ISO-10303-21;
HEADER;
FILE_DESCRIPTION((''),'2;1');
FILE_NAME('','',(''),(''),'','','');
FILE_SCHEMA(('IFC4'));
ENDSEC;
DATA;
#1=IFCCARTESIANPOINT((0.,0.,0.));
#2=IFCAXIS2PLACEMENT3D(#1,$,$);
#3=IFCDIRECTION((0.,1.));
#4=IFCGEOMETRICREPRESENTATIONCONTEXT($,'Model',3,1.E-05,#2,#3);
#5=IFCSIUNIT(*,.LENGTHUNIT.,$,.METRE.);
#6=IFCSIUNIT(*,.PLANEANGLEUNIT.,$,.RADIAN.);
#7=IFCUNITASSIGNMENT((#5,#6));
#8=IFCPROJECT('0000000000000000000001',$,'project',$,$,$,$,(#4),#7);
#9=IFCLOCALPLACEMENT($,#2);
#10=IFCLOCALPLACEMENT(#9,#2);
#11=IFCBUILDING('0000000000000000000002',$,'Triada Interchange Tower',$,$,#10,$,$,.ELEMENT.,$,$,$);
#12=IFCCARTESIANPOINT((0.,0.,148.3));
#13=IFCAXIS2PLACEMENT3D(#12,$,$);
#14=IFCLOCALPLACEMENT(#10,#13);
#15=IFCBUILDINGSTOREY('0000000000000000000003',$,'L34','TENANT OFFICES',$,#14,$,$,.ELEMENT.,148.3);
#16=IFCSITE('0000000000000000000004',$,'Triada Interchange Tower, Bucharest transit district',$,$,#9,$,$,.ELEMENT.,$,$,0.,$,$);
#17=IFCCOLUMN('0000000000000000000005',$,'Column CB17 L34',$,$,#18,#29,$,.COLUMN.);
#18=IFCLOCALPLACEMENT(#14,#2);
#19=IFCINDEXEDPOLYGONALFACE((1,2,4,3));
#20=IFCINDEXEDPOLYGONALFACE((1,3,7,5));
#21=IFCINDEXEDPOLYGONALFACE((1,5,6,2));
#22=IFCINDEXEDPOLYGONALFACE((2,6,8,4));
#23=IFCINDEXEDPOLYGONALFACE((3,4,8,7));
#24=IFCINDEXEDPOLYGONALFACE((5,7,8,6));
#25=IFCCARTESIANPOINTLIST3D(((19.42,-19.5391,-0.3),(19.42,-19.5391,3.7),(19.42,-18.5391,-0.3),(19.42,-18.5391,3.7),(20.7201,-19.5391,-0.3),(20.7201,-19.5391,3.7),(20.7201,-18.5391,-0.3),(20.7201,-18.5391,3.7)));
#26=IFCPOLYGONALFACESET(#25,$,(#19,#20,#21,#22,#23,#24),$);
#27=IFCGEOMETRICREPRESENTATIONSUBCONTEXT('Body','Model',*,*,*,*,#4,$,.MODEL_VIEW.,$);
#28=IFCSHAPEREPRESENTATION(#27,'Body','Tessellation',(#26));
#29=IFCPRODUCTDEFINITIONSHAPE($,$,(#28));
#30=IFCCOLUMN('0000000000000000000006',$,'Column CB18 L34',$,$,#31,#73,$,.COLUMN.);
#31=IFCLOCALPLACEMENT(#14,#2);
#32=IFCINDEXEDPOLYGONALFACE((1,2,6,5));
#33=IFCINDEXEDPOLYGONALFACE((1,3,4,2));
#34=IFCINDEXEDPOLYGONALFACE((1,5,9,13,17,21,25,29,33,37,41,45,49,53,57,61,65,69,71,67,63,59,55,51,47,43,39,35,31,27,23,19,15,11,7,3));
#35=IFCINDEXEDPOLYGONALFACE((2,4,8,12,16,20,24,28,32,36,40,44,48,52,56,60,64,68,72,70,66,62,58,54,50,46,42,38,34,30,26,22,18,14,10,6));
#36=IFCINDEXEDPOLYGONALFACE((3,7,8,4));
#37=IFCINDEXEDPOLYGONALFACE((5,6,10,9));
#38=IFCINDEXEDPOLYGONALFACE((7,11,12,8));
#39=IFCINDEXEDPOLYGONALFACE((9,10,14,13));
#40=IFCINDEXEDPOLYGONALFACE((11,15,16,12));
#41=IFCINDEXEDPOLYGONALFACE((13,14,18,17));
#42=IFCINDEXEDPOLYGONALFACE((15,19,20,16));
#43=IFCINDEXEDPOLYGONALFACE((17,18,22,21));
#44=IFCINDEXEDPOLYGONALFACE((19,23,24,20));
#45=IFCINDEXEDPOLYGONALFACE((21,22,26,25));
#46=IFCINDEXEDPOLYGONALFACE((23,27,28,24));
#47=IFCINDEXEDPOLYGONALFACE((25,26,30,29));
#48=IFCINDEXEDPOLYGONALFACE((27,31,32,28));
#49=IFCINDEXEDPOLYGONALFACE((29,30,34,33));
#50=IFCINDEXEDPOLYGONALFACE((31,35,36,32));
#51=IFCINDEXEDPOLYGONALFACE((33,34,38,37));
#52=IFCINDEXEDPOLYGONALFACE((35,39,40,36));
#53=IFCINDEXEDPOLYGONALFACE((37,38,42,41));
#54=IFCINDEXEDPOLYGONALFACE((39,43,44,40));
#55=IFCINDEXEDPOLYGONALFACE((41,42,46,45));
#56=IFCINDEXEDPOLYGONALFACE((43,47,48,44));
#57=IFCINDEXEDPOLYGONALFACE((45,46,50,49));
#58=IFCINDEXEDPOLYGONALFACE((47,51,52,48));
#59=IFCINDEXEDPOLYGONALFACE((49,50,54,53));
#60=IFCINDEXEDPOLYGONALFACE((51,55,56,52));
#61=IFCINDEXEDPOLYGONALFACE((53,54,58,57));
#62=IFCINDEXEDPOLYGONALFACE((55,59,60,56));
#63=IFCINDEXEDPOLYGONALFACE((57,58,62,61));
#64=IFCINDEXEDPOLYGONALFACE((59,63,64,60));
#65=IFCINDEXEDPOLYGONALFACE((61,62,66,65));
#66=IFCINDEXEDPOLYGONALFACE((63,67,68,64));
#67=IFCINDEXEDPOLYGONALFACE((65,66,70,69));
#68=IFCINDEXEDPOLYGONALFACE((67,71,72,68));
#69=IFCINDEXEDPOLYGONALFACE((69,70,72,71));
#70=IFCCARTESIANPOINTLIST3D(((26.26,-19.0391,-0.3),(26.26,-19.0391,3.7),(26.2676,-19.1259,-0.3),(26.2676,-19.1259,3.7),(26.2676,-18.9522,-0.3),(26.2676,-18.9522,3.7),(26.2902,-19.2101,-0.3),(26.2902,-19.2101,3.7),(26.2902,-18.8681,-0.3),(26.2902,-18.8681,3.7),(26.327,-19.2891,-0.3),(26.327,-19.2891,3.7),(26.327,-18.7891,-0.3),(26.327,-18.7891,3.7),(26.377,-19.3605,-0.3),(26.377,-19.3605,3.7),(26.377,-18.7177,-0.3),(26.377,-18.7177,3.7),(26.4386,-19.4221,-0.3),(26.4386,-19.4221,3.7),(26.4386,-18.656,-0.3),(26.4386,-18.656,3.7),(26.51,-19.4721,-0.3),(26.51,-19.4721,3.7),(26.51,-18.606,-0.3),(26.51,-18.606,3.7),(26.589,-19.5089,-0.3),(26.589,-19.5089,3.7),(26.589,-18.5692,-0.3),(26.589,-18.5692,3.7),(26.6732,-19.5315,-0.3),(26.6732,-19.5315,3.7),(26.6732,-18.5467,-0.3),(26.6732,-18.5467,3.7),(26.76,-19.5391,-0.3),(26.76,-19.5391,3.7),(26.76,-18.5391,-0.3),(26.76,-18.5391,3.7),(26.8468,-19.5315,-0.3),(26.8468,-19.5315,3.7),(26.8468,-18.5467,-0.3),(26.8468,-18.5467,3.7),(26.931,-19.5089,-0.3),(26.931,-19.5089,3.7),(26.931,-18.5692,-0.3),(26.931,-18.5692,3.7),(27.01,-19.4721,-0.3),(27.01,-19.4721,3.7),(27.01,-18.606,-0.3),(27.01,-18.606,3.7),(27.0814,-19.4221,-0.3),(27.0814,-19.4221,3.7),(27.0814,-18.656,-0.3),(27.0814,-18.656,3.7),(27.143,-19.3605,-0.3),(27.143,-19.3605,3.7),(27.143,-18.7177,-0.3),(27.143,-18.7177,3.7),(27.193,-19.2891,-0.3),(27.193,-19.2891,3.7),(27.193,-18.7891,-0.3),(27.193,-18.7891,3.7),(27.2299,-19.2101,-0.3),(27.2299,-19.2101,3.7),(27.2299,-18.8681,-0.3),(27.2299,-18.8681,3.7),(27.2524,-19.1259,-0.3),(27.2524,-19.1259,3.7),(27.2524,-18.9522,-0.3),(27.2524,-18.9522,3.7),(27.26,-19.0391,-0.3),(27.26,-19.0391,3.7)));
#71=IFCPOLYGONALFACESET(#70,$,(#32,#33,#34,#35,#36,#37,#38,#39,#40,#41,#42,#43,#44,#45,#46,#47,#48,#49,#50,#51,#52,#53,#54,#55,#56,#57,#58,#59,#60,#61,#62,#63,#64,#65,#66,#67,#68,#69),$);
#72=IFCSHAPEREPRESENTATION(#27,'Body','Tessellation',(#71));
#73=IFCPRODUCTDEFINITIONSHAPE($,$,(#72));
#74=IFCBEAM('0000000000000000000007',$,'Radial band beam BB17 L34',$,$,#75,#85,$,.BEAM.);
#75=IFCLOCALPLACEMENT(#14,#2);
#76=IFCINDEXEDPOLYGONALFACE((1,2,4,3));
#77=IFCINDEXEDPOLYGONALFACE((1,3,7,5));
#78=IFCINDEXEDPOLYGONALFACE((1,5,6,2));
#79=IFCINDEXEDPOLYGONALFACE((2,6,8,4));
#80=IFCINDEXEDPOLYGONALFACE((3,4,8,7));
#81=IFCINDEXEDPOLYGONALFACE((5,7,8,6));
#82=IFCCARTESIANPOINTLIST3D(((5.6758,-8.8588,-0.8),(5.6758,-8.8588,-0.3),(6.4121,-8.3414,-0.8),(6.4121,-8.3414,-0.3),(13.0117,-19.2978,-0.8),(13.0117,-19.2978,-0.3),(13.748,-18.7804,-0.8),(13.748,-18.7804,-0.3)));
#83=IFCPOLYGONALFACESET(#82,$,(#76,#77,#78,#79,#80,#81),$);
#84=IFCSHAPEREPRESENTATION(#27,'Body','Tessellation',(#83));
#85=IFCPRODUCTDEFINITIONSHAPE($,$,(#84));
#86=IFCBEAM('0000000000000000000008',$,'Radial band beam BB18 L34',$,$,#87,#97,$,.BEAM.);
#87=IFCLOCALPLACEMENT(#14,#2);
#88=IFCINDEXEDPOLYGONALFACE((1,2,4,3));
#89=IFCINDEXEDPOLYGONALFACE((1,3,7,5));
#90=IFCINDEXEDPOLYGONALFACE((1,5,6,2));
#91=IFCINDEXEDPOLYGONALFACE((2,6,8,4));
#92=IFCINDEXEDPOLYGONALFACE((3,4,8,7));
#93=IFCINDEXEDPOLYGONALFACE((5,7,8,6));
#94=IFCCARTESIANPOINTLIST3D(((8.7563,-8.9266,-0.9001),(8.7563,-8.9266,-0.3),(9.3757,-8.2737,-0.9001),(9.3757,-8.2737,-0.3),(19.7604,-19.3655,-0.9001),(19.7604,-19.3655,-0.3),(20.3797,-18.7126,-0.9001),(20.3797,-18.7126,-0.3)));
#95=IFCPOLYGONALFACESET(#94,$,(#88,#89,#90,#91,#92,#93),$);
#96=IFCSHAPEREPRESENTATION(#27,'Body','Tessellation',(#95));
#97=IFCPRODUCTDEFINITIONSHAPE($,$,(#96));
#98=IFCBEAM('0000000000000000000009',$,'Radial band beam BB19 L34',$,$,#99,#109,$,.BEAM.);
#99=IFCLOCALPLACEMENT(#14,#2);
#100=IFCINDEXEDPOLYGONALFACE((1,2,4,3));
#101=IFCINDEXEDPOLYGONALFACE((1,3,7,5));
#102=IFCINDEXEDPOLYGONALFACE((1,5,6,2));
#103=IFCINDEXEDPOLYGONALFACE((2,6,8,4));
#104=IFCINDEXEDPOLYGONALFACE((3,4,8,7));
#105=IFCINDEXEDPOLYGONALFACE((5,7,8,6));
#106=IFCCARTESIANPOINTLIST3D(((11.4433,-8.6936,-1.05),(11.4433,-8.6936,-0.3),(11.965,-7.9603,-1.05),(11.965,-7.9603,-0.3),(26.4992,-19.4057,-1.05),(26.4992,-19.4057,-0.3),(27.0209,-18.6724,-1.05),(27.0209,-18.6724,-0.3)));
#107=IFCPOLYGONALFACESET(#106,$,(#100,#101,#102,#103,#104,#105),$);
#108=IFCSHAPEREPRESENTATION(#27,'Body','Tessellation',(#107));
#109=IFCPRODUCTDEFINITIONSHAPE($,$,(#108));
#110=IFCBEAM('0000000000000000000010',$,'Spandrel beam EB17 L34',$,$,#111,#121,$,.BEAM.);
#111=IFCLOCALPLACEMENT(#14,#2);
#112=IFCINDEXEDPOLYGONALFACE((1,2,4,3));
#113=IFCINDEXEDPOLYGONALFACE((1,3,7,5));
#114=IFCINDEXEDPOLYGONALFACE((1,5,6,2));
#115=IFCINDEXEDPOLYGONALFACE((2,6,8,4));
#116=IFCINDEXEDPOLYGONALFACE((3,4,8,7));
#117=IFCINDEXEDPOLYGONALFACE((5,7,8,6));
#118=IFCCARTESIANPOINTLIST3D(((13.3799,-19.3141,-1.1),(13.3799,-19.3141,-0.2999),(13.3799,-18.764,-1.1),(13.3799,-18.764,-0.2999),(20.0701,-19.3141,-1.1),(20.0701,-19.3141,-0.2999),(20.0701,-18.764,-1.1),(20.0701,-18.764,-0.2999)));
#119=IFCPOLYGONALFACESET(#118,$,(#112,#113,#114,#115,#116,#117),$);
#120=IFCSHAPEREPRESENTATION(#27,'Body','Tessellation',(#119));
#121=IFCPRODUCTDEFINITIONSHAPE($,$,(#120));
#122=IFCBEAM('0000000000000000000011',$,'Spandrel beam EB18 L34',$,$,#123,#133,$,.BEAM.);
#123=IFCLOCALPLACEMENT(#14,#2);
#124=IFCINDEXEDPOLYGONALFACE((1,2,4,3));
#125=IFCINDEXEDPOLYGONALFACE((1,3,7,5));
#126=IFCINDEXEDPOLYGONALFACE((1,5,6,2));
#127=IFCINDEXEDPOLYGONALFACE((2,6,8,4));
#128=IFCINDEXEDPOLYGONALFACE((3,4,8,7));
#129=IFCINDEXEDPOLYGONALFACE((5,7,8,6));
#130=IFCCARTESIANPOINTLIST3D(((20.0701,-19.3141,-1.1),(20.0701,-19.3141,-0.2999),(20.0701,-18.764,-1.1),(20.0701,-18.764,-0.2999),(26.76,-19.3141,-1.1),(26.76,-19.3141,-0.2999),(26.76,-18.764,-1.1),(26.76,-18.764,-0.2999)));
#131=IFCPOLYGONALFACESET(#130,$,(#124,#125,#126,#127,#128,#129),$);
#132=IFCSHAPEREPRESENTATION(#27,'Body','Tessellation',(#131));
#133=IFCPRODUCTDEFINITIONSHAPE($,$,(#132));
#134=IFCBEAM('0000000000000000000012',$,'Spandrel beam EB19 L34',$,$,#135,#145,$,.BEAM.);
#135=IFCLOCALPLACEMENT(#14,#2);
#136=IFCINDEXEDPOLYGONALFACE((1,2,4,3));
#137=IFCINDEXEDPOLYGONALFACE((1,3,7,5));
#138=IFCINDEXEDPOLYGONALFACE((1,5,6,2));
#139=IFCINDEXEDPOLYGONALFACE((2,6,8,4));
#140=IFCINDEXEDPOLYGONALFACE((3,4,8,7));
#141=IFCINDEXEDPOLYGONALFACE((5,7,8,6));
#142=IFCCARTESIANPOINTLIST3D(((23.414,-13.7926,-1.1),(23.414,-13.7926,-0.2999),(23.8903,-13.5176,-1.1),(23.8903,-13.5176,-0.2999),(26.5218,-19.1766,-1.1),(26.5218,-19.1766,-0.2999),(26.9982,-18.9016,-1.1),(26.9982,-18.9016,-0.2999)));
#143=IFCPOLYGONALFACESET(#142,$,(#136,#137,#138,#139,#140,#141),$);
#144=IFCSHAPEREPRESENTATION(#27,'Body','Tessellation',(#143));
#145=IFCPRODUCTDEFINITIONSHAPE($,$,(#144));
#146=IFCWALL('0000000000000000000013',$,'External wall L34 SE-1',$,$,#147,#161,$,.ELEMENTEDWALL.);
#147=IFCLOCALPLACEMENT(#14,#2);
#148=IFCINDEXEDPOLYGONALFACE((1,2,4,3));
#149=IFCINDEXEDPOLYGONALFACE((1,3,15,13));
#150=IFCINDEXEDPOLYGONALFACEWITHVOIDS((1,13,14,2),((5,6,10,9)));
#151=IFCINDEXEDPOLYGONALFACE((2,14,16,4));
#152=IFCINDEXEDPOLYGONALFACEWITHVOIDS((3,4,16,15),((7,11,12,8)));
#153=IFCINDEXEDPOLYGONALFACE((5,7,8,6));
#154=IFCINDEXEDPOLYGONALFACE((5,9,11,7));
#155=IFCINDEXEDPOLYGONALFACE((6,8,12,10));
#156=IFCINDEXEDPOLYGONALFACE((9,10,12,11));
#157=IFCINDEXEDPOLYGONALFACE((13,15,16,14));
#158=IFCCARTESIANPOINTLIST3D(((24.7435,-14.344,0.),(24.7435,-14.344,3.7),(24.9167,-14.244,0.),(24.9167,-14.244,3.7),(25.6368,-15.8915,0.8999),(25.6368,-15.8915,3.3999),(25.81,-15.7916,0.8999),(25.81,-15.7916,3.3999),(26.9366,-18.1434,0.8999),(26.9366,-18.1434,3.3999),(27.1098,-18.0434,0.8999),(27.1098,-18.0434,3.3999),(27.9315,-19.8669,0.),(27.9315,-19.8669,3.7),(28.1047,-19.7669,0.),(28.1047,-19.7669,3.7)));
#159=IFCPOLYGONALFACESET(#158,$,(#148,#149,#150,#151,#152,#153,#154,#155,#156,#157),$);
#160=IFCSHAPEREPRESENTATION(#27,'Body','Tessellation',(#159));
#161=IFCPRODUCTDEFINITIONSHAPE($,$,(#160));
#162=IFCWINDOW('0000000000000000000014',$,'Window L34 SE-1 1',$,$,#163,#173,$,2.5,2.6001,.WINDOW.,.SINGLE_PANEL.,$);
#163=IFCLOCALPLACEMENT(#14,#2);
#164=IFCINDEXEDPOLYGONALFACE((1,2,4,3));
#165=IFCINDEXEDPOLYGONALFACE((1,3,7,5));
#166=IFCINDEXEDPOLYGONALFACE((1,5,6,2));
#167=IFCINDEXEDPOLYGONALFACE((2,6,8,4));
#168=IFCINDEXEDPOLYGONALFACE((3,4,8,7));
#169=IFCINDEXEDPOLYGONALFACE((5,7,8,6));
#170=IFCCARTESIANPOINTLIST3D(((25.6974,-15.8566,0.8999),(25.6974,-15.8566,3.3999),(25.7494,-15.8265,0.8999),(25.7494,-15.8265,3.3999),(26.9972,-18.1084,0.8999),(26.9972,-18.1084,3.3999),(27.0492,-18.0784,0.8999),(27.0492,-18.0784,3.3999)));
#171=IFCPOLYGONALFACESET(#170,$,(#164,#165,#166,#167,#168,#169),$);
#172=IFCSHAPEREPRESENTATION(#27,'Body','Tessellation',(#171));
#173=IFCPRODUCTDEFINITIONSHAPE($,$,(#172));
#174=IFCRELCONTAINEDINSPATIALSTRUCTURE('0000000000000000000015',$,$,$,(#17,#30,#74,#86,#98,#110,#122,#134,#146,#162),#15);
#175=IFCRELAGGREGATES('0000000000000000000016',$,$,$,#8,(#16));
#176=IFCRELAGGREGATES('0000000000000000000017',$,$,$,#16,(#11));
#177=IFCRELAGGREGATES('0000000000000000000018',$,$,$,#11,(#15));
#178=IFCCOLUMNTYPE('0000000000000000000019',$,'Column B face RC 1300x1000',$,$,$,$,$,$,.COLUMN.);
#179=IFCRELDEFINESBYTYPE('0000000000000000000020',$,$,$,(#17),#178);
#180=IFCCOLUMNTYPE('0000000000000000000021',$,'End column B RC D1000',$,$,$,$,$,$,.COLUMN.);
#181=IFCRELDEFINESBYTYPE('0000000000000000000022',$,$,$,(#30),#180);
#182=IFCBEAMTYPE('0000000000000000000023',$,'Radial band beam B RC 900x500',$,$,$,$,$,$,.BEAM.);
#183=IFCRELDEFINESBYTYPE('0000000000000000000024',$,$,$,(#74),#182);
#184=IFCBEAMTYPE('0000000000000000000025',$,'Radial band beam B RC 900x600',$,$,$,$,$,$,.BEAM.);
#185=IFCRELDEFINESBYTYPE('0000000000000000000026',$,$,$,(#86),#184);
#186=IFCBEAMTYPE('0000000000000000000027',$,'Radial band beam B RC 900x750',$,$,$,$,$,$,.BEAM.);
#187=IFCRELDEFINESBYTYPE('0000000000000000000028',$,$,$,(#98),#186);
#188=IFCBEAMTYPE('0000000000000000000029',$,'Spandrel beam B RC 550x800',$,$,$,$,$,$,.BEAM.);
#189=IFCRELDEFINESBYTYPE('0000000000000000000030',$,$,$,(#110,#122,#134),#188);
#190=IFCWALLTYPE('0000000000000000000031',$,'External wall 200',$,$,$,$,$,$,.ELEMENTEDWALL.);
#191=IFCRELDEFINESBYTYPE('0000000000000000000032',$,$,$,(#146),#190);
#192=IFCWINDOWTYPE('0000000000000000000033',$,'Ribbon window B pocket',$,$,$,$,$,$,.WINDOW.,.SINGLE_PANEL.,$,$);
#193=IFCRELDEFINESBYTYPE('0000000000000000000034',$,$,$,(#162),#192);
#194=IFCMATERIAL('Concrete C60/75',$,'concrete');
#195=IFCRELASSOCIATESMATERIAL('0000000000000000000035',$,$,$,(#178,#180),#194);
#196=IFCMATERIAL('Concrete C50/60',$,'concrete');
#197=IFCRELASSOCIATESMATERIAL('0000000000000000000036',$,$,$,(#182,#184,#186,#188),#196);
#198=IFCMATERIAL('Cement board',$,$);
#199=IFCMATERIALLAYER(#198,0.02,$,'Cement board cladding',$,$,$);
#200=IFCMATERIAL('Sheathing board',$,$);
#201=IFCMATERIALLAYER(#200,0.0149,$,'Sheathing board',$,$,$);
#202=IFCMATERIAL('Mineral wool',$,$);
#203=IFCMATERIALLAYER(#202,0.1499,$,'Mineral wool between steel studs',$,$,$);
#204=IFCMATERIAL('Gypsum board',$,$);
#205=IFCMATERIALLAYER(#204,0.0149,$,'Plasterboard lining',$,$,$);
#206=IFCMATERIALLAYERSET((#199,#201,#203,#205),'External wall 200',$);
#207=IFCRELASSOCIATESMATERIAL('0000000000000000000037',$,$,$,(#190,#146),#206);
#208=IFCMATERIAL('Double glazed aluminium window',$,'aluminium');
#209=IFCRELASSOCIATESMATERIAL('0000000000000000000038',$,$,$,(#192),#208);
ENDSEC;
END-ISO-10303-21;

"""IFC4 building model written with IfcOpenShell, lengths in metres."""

from ifc_helpers import new_model, si_unit, direction, frame, frame_2d, origin, origin_2d, place, context, subcontext, project, spatial, rectangle, circle, extrude, material, layer, layer_set, layer_usage, material_profile, profile_set, type_object, element, fill, save


model = new_model("IFC4")

# Units and contexts
model_context = context("Model", 3, precision=1e-05, world=origin(), true_north=direction((0.0, 1.0)))
body_context = subcontext(model_context, "Body", "Model", "MODEL_VIEW")
ifc_project = project(units=[si_unit("LENGTHUNIT", "METRE"), si_unit("PLANEANGLEUNIT", "RADIAN")], contexts=[model_context])

# Site, building, storey
site_placement = place(None, origin())
site = spatial("IfcSite", under=ifc_project, at=site_placement, Name="Triada Interchange Tower, Bucharest transit district", CompositionType="ELEMENT", RefElevation=0.0)
building_placement = place(site_placement, origin())
building = spatial("IfcBuilding", under=site, at=building_placement, Name="Triada Interchange Tower", CompositionType="ELEMENT")
storey_placement = place(building_placement, frame((0.0, 0.0, 148.3)))
storey = spatial("IfcBuildingStorey", under=building, at=storey_placement, Name="L34", Description="TENANT OFFICES", CompositionType="ELEMENT", Elevation=148.3)

# Columns
ifc_material_1 = material(Name="Concrete C60/75", Category="concrete")
ifc_material_profile_1 = material_profile(ifc_material_1, rectangle(XDim=1.3, YDim=1.0, at=origin_2d()), Name="RC 1300x1000")
ifc_profile_set_1 = profile_set([ifc_material_profile_1], Name="Concrete C60/75")
column_type_1 = type_object("IfcColumnType", Name="Column B face RC 1300x1000", PredefinedType="COLUMN", material=ifc_profile_set_1)
column_1_placement = place(storey_placement, frame((20.0701, -19.0391, -0.3), z_axis=(0.0, 0.0, 1.0), x_axis=(1.0, 0.0, 0.0)))
element("IfcColumn", 1, at=column_1_placement, inside=storey, type_object=column_type_1, Name="Column CB17 L34", PredefinedType="COLUMN", context=body_context, shape_type="SweptSolid", body=[
    extrude(rectangle(XDim=1.3, YDim=1.0, at=origin_2d()), origin(), (0.0, 0.0, 1.0), 4.0),
])
ifc_material_profile_2 = material_profile(ifc_material_1, circle(Radius=0.5, at=origin_2d()), Name="RC D1000")
ifc_profile_set_2 = profile_set([ifc_material_profile_2], Name="Concrete C60/75")
column_type_2 = type_object("IfcColumnType", Name="End column B RC D1000", PredefinedType="COLUMN", material=ifc_profile_set_2)
column_2_placement = place(storey_placement, frame((26.76, -19.0391, -0.3), z_axis=(0.0, 0.0, 1.0), x_axis=(1.0, 0.0, 0.0)))
element("IfcColumn", 2, at=column_2_placement, inside=storey, type_object=column_type_2, Name="Column CB18 L34", PredefinedType="COLUMN", context=body_context, shape_type="SweptSolid", body=[
    extrude(circle(Radius=0.5, at=origin_2d()), origin(), (0.0, 0.0, 1.0), 4.0),
])

# Beams
ifc_material_2 = material(Name="Concrete C50/60", Category="concrete")
ifc_material_profile_3 = material_profile(ifc_material_2, rectangle(XDim=0.8999, YDim=0.5, at=origin_2d()), Name="RC 900x500")
ifc_profile_set_3 = profile_set([ifc_material_profile_3], Name="Concrete C50/60")
beam_type_1 = type_object("IfcBeamType", Name="Radial band beam B RC 900x500", PredefinedType="BEAM", material=ifc_profile_set_3)
beam_1_placement = place(storey_placement, frame((13.3799, -19.0391, -0.55), z_axis=(-0.574969, 0.818175, 0.0), x_axis=(-0.818175, -0.574969, 0.0)))
element("IfcBeam", 3, at=beam_1_placement, inside=storey, type_object=beam_type_1, Name="Radial band beam BB17 L34", PredefinedType="BEAM", context=body_context, shape_type="SweptSolid", body=[
    extrude(rectangle(XDim=0.8999, YDim=0.5, at=origin_2d()), origin(), (0.0, 0.0, 1.0), 12.7588),
])
ifc_material_profile_4 = material_profile(ifc_material_2, rectangle(XDim=0.8999, YDim=0.6001, at=origin_2d()), Name="RC 900x600")
ifc_profile_set_4 = profile_set([ifc_material_profile_4], Name="Concrete C50/60")
beam_type_2 = type_object("IfcBeamType", Name="Radial band beam B RC 900x600", PredefinedType="BEAM", material=ifc_profile_set_4)
beam_2_placement = place(storey_placement, frame((20.0701, -19.0391, -0.6001), z_axis=(-0.725492, 0.68823, 0.0), x_axis=(-0.68823, -0.725492, 0.0)))
element("IfcBeam", 4, at=beam_2_placement, inside=storey, type_object=beam_type_2, Name="Radial band beam BB18 L34", PredefinedType="BEAM", context=body_context, shape_type="SweptSolid", body=[
    extrude(rectangle(XDim=0.8999, YDim=0.6001, at=origin_2d()), origin(), (0.0, 0.0, 1.0), 15.1677),
])
ifc_material_profile_5 = material_profile(ifc_material_2, rectangle(XDim=0.8999, YDim=0.75, at=origin_2d()), Name="RC 900x750")
ifc_profile_set_5 = profile_set([ifc_material_profile_5], Name="Concrete C50/60")
beam_type_3 = type_object("IfcBeamType", Name="Radial band beam B RC 900x750", PredefinedType="BEAM", material=ifc_profile_set_5)
beam_3_placement = place(storey_placement, frame((26.76, -19.0391, -0.675), z_axis=(-0.814809, 0.57973, 0.0), x_axis=(-0.57973, -0.814809, 0.0)))
element("IfcBeam", 5, at=beam_3_placement, inside=storey, type_object=beam_type_3, Name="Radial band beam BB19 L34", PredefinedType="BEAM", context=body_context, shape_type="SweptSolid", body=[
    extrude(rectangle(XDim=0.8999, YDim=0.75, at=origin_2d()), origin(), (0.0, 0.0, 1.0), 18.4778),
])
ifc_material_profile_6 = material_profile(ifc_material_2, rectangle(XDim=0.55, YDim=0.8, at=origin_2d()), Name="RC 550x800")
ifc_profile_set_6 = profile_set([ifc_material_profile_6], Name="Concrete C50/60")
beam_type_4 = type_object("IfcBeamType", Name="Spandrel beam B RC 550x800", PredefinedType="BEAM", material=ifc_profile_set_6)
beam_4_placement = place(storey_placement, frame((13.3799, -19.0391, -0.7), z_axis=(1.0, 0.0, 0.0), x_axis=(0.0, 1.0, 0.0)))
element("IfcBeam", 6, at=beam_4_placement, inside=storey, type_object=beam_type_4, Name="Spandrel beam EB17 L34", PredefinedType="BEAM", context=body_context, shape_type="SweptSolid", body=[
    extrude(rectangle(XDim=0.55, YDim=0.8, at=origin_2d()), origin(), (0.0, 0.0, 1.0), 6.6902),
])
beam_5_placement = place(storey_placement, frame((20.0701, -19.0391, -0.7), z_axis=(1.0, 0.0, 0.0), x_axis=(0.0, 1.0, 0.0)))
element("IfcBeam", 7, at=beam_5_placement, inside=storey, type_object=beam_type_4, Name="Spandrel beam EB18 L34", PredefinedType="BEAM", context=body_context, shape_type="SweptSolid", body=[
    extrude(rectangle(XDim=0.55, YDim=0.8, at=origin_2d()), origin(), (0.0, 0.0, 1.0), 6.6899),
])
beam_6_placement = place(storey_placement, frame((26.76, -19.0391, -0.7), z_axis=(-0.499932, 0.866065, 0.0), x_axis=(-0.866065, -0.499932, 0.0)))
element("IfcBeam", 8, at=beam_6_placement, inside=storey, type_object=beam_type_4, Name="Spandrel beam EB19 L34", PredefinedType="BEAM", context=body_context, shape_type="SweptSolid", body=[
    extrude(rectangle(XDim=0.55, YDim=0.8, at=origin_2d()), origin(), (0.0, 0.0, 1.0), 6.2166),
])

# Wall, opening, window
ifc_material_3 = material(Name="Cement board")
ifc_layer_1 = layer(ifc_material_3, 0.02, Name="Cement board cladding")
ifc_material_4 = material(Name="Sheathing board")
ifc_layer_2 = layer(ifc_material_4, 0.0149, Name="Sheathing board")
ifc_material_5 = material(Name="Mineral wool")
ifc_layer_3 = layer(ifc_material_5, 0.1499, Name="Mineral wool between steel studs")
ifc_material_6 = material(Name="Gypsum board")
ifc_layer_4 = layer(ifc_material_6, 0.0149, Name="Plasterboard lining")
ifc_layer_set_1 = layer_set([ifc_layer_1, ifc_layer_2, ifc_layer_3, ifc_layer_4], Name="External wall 200")
ifc_layer_usage = layer_usage(ifc_layer_set_1, "AXIS2", "POSITIVE", -0.1001)
wall_type = type_object("IfcWallType", Name="External wall 200", PredefinedType="ELEMENTEDWALL", material=ifc_layer_set_1)
wall_placement = place(storey_placement, frame((28.0181, -19.8169, 0.0), z_axis=(0.0, 0.0, 1.0), x_axis=(-0.499919, 0.866072, 0.0)))
wall = element("IfcWall", 9, at=wall_placement, inside=storey, type_object=wall_type, material=ifc_layer_usage, Name="External wall L34 SE-1", PredefinedType="ELEMENTEDWALL", context=body_context, shape_type="SweptSolid", body=[
    extrude(rectangle(XDim=6.377, YDim=0.2, at=frame_2d((3.1885, 0.0))), origin(), (0.0, 0.0, 1.0), 3.7),
])
opening_placement = place(wall_placement, frame((1.99, 0.0, 0.8999)))
opening = element("IfcOpeningElement", 10, at=opening_placement, cuts=wall, PredefinedType="OPENING", context=body_context, shape_type="SweptSolid", body=[
    extrude(rectangle(XDim=2.6001, YDim=2.5, at=frame_2d((1.3, 1.25))), frame((0.0, 0.1099, 0.0), z_axis=(0.0, -1.0, 0.0), x_axis=(1.0, 0.0, 0.0)), (0.0, 0.0, 1.0), 0.22),
])
ifc_material_7 = material(Name="Double glazed aluminium window", Category="aluminium")
window_type = type_object("IfcWindowType", Name="Ribbon window B pocket", PartitioningType="SINGLE_PANEL", PredefinedType="WINDOW", material=ifc_material_7)
window_placement = place(opening_placement, origin())
window = element("IfcWindow", 11, at=window_placement, inside=storey, type_object=window_type, Name="Window L34 SE-1 1", OverallHeight=2.5, OverallWidth=2.6001, PartitioningType="SINGLE_PANEL", PredefinedType="WINDOW", context=body_context, shape_type="SweptSolid", body=[
    extrude(rectangle(XDim=2.6001, YDim=2.5, at=frame_2d((1.3, 1.25))), frame((0.0, 0.03, 0.0), z_axis=(0.0, -1.0, 0.0), x_axis=(1.0, 0.0, 0.0)), (0.0, 0.0, 1.0), 0.0601),
])
fill(opening, window)

save(model, "model.ifc")
